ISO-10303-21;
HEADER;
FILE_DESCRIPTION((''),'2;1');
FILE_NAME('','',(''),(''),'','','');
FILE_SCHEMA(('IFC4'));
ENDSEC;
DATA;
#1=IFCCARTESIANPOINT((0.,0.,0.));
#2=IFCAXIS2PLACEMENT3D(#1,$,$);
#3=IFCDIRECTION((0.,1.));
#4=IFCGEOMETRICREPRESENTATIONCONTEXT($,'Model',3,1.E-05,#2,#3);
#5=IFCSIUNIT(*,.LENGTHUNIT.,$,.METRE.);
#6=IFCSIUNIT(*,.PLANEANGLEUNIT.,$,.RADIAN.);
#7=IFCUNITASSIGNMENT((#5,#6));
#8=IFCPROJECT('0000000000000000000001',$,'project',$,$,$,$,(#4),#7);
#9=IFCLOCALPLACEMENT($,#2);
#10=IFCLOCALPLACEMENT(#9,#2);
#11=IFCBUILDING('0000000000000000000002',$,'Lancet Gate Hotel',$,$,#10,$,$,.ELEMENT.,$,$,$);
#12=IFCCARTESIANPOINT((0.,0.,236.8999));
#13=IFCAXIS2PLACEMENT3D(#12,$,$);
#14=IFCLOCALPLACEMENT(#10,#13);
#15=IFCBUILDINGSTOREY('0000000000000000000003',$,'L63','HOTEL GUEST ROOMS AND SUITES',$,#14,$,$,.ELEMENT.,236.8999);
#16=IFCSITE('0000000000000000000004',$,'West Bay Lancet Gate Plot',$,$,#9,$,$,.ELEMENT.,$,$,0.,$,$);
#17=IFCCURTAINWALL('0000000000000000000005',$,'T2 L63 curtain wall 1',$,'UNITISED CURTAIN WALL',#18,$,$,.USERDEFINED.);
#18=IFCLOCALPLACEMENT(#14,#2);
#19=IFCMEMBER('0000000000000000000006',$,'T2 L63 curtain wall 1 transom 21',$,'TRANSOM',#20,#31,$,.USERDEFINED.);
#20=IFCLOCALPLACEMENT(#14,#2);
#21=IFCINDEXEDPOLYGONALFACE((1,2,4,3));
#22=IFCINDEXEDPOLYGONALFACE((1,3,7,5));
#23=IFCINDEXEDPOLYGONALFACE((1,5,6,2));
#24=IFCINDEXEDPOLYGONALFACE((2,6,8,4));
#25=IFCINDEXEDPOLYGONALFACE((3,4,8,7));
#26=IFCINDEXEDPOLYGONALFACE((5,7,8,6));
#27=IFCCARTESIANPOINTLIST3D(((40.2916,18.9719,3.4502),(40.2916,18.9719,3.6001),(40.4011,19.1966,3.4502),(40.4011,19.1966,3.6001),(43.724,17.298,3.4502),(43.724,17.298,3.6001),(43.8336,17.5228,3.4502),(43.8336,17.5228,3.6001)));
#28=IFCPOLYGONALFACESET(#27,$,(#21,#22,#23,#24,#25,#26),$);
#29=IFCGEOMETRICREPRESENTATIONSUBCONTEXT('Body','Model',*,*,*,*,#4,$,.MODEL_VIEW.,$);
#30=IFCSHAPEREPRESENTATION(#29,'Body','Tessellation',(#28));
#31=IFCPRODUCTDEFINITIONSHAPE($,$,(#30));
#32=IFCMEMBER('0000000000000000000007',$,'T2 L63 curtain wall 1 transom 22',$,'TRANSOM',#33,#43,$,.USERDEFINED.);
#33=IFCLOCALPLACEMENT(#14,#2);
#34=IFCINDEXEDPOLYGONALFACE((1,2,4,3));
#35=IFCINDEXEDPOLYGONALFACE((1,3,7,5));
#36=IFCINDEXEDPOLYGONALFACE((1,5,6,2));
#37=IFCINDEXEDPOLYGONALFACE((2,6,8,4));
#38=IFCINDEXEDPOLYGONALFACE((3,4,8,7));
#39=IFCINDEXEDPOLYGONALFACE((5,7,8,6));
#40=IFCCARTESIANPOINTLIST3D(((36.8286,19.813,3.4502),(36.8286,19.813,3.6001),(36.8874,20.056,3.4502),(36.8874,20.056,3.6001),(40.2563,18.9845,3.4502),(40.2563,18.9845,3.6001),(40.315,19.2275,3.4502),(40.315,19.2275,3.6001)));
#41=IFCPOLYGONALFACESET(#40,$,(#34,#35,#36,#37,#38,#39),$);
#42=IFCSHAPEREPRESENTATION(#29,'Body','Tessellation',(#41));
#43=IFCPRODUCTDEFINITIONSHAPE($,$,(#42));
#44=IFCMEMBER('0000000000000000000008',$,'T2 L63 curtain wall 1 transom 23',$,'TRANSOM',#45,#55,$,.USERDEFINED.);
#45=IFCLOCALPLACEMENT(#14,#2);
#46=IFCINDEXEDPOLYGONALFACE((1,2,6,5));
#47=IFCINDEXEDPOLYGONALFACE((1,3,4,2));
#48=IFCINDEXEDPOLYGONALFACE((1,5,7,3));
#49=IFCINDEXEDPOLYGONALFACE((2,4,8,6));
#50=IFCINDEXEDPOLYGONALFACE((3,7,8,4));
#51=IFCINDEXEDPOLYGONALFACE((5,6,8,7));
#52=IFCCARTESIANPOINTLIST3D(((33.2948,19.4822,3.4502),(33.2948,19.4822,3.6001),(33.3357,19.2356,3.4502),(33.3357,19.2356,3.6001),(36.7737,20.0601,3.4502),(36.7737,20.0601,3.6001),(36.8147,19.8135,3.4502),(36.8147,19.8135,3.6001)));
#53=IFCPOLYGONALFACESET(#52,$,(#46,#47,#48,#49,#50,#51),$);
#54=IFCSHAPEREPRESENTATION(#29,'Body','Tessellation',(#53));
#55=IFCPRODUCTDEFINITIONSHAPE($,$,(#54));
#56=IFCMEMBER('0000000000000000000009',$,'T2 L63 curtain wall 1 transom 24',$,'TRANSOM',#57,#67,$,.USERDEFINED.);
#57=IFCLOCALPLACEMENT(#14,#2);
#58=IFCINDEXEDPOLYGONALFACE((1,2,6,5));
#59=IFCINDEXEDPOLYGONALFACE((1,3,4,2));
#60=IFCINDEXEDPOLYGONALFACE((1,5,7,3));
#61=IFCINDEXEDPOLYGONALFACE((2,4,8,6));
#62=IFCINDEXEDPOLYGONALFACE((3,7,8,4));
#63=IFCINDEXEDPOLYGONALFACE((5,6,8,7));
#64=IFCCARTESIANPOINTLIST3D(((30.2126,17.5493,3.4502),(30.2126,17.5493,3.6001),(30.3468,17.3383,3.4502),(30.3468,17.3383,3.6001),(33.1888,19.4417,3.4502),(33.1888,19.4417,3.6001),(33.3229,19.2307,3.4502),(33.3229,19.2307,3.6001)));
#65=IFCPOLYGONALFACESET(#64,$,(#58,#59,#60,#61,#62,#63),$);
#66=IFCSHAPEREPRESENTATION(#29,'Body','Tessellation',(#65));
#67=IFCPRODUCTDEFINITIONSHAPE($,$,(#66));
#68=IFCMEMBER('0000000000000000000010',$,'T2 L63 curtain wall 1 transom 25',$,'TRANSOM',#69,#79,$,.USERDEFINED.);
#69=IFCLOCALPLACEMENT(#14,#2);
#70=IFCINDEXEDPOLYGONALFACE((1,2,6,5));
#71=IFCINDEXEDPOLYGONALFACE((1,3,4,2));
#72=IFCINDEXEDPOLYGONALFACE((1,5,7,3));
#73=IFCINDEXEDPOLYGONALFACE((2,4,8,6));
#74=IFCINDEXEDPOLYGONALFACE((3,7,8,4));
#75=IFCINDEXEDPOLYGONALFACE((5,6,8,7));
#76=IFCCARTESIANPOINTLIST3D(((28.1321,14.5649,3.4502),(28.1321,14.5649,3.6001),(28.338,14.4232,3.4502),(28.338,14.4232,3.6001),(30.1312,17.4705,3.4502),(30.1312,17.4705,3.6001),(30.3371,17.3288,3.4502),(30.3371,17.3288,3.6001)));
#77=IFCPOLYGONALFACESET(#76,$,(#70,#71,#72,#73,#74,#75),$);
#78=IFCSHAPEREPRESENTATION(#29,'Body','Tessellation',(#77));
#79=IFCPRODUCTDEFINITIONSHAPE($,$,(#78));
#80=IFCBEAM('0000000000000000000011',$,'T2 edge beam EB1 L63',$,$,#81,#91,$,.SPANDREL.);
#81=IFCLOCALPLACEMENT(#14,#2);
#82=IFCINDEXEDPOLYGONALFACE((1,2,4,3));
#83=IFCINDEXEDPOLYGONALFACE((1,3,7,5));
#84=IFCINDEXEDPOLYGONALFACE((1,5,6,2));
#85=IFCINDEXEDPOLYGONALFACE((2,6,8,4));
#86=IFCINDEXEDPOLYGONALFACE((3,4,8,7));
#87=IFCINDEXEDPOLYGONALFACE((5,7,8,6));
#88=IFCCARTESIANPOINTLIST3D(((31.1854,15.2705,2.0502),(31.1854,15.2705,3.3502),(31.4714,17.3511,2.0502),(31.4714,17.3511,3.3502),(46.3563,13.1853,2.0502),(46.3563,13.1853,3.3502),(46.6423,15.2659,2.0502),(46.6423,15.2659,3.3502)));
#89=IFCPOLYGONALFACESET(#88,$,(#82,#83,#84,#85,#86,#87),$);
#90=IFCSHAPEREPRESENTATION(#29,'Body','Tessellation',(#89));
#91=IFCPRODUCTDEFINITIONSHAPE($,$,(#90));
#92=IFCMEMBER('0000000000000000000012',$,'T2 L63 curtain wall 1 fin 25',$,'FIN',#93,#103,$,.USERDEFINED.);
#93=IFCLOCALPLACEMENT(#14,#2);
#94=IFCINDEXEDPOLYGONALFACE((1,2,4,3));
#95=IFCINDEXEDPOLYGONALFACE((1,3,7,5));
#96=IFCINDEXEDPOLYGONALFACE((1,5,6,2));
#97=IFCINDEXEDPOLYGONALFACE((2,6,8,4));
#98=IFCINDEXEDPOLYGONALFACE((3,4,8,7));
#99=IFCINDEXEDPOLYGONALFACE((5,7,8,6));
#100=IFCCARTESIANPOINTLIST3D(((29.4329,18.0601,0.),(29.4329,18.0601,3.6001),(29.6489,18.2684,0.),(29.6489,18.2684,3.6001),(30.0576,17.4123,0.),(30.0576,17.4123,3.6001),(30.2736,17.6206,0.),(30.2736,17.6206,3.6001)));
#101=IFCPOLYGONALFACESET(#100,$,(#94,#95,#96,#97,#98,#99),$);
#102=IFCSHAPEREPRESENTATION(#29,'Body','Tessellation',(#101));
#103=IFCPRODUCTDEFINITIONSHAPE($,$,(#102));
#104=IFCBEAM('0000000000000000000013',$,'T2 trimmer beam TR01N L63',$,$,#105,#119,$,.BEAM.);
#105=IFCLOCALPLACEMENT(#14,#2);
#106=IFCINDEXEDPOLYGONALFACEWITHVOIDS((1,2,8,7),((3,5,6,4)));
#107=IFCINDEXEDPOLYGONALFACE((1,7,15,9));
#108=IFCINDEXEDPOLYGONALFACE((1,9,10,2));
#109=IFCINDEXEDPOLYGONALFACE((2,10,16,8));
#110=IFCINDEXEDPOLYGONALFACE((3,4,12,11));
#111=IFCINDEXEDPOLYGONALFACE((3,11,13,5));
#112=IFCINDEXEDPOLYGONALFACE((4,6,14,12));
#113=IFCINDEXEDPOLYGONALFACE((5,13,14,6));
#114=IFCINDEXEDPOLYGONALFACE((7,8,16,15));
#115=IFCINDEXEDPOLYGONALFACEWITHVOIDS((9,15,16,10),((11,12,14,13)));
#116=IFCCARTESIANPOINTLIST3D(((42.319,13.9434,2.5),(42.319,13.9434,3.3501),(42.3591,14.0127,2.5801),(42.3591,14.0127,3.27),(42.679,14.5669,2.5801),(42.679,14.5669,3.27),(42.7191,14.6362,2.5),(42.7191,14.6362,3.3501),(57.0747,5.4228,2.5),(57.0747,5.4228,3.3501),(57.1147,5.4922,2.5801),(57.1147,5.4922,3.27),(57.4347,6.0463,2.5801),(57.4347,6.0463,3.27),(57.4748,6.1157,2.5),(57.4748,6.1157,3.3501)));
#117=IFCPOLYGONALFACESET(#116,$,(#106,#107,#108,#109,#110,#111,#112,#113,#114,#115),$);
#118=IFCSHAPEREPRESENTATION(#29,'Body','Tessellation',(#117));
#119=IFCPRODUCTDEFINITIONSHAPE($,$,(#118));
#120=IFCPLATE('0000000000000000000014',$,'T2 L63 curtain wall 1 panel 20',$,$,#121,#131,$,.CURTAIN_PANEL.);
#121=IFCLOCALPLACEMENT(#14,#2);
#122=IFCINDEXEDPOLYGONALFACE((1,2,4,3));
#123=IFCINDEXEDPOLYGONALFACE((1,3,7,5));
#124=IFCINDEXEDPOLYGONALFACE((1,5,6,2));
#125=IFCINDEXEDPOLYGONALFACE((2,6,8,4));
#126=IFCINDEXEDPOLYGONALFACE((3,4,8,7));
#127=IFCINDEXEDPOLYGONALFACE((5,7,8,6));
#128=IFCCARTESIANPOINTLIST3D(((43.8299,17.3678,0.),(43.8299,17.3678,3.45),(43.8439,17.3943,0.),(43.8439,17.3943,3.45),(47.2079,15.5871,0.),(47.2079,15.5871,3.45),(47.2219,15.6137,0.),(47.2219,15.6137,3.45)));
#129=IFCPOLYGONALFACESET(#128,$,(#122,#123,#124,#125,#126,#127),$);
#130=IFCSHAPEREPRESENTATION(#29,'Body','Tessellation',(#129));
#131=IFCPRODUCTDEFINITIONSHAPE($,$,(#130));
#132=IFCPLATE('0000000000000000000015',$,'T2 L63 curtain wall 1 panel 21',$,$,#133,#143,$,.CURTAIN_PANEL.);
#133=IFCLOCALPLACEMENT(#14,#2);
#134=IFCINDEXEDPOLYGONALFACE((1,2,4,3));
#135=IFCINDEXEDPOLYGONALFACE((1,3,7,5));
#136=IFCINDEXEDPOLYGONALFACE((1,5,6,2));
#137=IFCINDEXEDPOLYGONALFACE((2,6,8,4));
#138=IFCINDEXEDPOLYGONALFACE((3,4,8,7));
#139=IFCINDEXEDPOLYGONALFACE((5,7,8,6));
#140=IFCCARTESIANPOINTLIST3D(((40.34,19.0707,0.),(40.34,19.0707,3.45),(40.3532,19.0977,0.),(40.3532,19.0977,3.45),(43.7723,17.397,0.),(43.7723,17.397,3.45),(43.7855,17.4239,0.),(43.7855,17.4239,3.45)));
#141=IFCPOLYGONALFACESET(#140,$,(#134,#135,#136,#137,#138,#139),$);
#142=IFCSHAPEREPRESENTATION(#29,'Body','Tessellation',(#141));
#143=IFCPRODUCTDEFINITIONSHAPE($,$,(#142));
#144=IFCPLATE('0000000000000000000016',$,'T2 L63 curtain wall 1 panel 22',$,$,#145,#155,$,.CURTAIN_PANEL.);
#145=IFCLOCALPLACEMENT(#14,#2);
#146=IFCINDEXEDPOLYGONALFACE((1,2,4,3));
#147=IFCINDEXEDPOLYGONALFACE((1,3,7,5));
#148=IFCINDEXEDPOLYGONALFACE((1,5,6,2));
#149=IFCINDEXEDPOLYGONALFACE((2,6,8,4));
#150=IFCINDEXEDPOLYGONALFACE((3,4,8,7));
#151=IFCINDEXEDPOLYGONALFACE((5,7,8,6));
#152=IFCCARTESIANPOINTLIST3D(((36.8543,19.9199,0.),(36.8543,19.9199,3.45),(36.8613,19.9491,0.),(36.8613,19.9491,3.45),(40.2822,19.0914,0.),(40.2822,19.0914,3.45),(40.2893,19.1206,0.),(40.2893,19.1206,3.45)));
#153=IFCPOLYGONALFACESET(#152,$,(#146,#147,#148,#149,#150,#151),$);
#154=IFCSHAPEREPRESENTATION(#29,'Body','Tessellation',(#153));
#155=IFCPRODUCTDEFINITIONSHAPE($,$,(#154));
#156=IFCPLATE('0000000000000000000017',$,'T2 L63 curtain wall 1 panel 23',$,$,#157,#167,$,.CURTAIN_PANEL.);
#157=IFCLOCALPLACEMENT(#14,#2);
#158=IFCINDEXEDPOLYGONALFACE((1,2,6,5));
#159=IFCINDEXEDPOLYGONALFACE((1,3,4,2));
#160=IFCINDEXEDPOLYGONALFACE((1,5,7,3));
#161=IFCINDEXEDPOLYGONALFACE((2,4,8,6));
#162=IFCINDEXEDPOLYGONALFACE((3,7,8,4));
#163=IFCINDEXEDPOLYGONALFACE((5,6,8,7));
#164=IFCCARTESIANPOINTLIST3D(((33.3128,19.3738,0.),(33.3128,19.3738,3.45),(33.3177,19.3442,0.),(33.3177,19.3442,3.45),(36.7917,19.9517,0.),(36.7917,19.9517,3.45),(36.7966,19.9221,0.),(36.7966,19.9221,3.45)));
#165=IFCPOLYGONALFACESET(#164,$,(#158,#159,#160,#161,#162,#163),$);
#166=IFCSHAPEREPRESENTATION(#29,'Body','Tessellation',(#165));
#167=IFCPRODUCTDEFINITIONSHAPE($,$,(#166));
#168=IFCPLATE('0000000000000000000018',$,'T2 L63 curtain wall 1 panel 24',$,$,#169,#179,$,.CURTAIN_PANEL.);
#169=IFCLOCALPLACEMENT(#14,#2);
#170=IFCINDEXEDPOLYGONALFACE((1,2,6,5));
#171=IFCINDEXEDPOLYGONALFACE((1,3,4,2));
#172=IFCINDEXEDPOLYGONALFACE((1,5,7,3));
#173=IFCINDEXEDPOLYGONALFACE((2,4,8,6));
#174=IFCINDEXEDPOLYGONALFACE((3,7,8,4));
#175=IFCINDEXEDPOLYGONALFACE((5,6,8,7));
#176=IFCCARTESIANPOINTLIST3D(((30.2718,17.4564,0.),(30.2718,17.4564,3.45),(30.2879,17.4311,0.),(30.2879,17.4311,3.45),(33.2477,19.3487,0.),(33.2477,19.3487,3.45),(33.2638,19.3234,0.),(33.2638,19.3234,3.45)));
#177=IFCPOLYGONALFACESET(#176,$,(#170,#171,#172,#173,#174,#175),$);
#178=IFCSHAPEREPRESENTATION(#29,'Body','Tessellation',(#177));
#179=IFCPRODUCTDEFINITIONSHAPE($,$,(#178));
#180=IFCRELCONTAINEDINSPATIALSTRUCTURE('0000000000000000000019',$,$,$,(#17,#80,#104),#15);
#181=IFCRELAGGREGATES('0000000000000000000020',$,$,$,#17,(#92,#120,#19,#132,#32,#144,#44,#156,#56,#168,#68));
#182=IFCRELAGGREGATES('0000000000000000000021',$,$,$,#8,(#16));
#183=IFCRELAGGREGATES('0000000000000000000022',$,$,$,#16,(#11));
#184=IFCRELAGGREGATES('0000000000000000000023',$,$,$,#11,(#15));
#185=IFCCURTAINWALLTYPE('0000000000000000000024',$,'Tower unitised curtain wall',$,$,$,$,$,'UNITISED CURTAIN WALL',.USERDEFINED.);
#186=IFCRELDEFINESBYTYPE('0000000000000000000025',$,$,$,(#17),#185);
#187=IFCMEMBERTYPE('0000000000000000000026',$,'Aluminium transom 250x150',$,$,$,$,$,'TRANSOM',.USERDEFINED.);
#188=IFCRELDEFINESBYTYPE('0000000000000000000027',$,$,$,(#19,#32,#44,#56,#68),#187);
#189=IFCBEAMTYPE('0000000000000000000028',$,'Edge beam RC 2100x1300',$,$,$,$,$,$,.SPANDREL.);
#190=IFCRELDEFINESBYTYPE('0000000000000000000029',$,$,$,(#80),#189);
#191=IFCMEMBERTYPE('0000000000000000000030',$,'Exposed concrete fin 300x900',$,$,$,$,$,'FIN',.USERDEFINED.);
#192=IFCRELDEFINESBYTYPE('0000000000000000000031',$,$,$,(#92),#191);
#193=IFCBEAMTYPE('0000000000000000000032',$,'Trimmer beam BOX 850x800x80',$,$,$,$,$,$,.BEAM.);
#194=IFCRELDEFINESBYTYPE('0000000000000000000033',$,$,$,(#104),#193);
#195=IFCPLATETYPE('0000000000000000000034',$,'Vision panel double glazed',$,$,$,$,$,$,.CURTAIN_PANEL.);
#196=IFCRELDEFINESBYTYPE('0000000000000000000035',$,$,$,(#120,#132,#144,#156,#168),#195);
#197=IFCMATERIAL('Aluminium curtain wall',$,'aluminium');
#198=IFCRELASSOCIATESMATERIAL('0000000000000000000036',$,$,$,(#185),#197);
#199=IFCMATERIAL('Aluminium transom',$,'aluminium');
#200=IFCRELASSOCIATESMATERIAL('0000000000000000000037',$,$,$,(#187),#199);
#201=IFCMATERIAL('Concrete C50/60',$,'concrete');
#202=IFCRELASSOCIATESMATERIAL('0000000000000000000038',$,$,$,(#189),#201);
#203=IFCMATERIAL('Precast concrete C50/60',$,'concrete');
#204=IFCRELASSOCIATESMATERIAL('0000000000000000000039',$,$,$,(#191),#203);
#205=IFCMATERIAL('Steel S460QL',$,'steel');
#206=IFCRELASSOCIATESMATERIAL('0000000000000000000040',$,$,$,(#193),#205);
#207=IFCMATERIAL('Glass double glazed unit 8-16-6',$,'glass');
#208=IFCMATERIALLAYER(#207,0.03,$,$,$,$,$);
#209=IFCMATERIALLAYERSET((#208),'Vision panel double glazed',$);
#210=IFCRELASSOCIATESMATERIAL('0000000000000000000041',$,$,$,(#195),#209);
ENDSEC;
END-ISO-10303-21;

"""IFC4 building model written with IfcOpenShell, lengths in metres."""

from ifc_helpers import new_model, si_unit, direction, frame, origin, origin_2d, place, context, subcontext, project, spatial, rectangle, hollow_rectangle, extrude, material, layer, layer_set, material_profile, profile_set, type_object, element, aggregate, save


model = new_model("IFC4")

# Units and contexts
model_context = context("Model", 3, precision=1e-05, world=origin(), true_north=direction((0.0, 1.0)))
body_context = subcontext(model_context, "Body", "Model", "MODEL_VIEW")
ifc_project = project(units=[si_unit("LENGTHUNIT", "METRE"), si_unit("PLANEANGLEUNIT", "RADIAN")], contexts=[model_context])

# Site, building, storey
site_placement = place(None, origin())
site = spatial("IfcSite", under=ifc_project, at=site_placement, Name="West Bay Lancet Gate Plot", CompositionType="ELEMENT", RefElevation=0.0)
building_placement = place(site_placement, origin())
building = spatial("IfcBuilding", under=site, at=building_placement, Name="Lancet Gate Hotel", CompositionType="ELEMENT")
storey_placement = place(building_placement, frame((0.0, 0.0, 236.8999)))
storey = spatial("IfcBuildingStorey", under=building, at=storey_placement, Name="L63", Description="HOTEL GUEST ROOMS AND SUITES", CompositionType="ELEMENT", Elevation=236.8999)

# Curtain wall, members
ifc_material_1 = material(Name="Aluminium curtain wall", Category="aluminium")
curtain_wall_type = type_object("IfcCurtainWallType", Name="Tower unitised curtain wall", ElementType="UNITISED CURTAIN WALL", PredefinedType="USERDEFINED", material=ifc_material_1)
curtain_wall_placement = place(storey_placement, origin())
curtain_wall = element("IfcCurtainWall", 1, at=curtain_wall_placement, inside=storey, type_object=curtain_wall_type, Name="T2 L63 curtain wall 1", ObjectType="UNITISED CURTAIN WALL", PredefinedType="USERDEFINED")
ifc_material_2 = material(Name="Aluminium transom", Category="aluminium")
ifc_material_profile_1 = material_profile(ifc_material_2, rectangle(XDim=0.25, YDim=0.1499, at=origin_2d()), Name="TRANSOM 250x150")
ifc_profile_set_1 = profile_set([ifc_material_profile_1], Name="Aluminium transom")
member_type_1 = type_object("IfcMemberType", Name="Aluminium transom 250x150", ElementType="TRANSOM", PredefinedType="USERDEFINED", material=ifc_profile_set_1)
member_1_placement = place(storey_placement, frame((43.7788, 17.4104, 3.5251), z_axis=(-0.89882, 0.438318, 0.0), x_axis=(-0.438318, -0.89882, 0.0)))
member_1 = element("IfcMember", 2, at=member_1_placement, type_object=member_type_1, Name="T2 L63 curtain wall 1 transom 21", ObjectType="TRANSOM", PredefinedType="USERDEFINED", context=body_context, shape_type="SweptSolid", body=[
    extrude(rectangle(XDim=0.25, YDim=0.1499, at=origin_2d()), origin(), (0.0, 0.0, 1.0), 3.8188),
])
member_2_placement = place(storey_placement, frame((40.2856, 19.106, 3.5251), z_axis=(-0.972003, 0.23497, 0.0), x_axis=(-0.23497, -0.972003, 0.0)))
member_2 = element("IfcMember", 3, at=member_2_placement, type_object=member_type_1, Name="T2 L63 curtain wall 1 transom 22", ObjectType="TRANSOM", PredefinedType="USERDEFINED", context=body_context, shape_type="SweptSolid", body=[
    extrude(rectangle(XDim=0.25, YDim=0.1499, at=origin_2d()), origin(), (0.0, 0.0, 1.0), 3.5264),
])
member_3_placement = place(storey_placement, frame((36.7942, 19.9368, 3.5251), z_axis=(-0.986484, -0.16386, 0.0), x_axis=(0.16386, -0.986484, 0.0)))
member_3 = element("IfcMember", 4, at=member_3_placement, type_object=member_type_1, Name="T2 L63 curtain wall 1 transom 23", ObjectType="TRANSOM", PredefinedType="USERDEFINED", context=body_context, shape_type="SweptSolid", body=[
    extrude(rectangle(XDim=0.25, YDim=0.1499, at=origin_2d()), origin(), (0.0, 0.0, 1.0), 3.5266),
])
member_4_placement = place(storey_placement, frame((33.2559, 19.3362, 3.5251), z_axis=(-0.843858, -0.536566, 0.0), x_axis=(0.536566, -0.843858, 0.0)))
member_4 = element("IfcMember", 5, at=member_4_placement, type_object=member_type_1, Name="T2 L63 curtain wall 1 transom 24", ObjectType="TRANSOM", PredefinedType="USERDEFINED", context=body_context, shape_type="SweptSolid", body=[
    extrude(rectangle(XDim=0.25, YDim=0.1499, at=origin_2d()), origin(), (0.0, 0.0, 1.0), 3.5269),
])
member_5_placement = place(storey_placement, frame((30.2341, 17.3997, 3.5251), z_axis=(-0.566814, -0.823846, 0.0), x_axis=(0.823846, -0.566814, 0.0)))
member_5 = element("IfcMember", 6, at=member_5_placement, type_object=member_type_1, Name="T2 L63 curtain wall 1 transom 25", ObjectType="TRANSOM", PredefinedType="USERDEFINED", context=body_context, shape_type="SweptSolid", body=[
    extrude(rectangle(XDim=0.25, YDim=0.1499, at=origin_2d()), origin(), (0.0, 0.0, 1.0), 3.5269),
])

# Beam
ifc_material_3 = material(Name="Concrete C50/60", Category="concrete")
ifc_material_profile_2 = material_profile(ifc_material_3, rectangle(XDim=2.1001, YDim=1.3, at=origin_2d()), Name="RC 2100x1300")
ifc_profile_set_2 = profile_set([ifc_material_profile_2], Name="Concrete C50/60")
beam_type_1 = type_object("IfcBeamType", Name="Edge beam RC 2100x1300", PredefinedType="SPANDREL", material=ifc_profile_set_2)
beam_1_placement = place(storey_placement, frame((46.4993, 14.2256, 2.7002), z_axis=(-0.990686, 0.136167, 0.0), x_axis=(-0.136167, -0.990686, 0.0)))
element("IfcBeam", 7, at=beam_1_placement, inside=storey, type_object=beam_type_1, Name="T2 edge beam EB1 L63", PredefinedType="SPANDREL", context=body_context, shape_type="SweptSolid", body=[
    extrude(rectangle(XDim=2.1001, YDim=1.3, at=origin_2d()), origin(), (0.0, 0.0, 1.0), 15.3135),
])

# Member
ifc_material_4 = material(Name="Precast concrete C50/60", Category="concrete")
ifc_material_profile_3 = material_profile(ifc_material_4, rectangle(XDim=0.3, YDim=0.8999, at=origin_2d()), Name="FIN 300x900")
ifc_profile_set_3 = profile_set([ifc_material_profile_3], Name="Precast concrete C50/60")
member_type_2 = type_object("IfcMemberType", Name="Exposed concrete fin 300x900", ElementType="FIN", PredefinedType="USERDEFINED", material=ifc_profile_set_3)
member_6_placement = place(storey_placement, frame((29.8533, 17.8403, 0.0), z_axis=(0.0, 0.0, 1.0), x_axis=(-0.719809, -0.694172, 0.0)))
member_6 = element("IfcMember", 8, at=member_6_placement, type_object=member_type_2, Name="T2 L63 curtain wall 1 fin 25", ObjectType="FIN", PredefinedType="USERDEFINED", context=body_context, shape_type="SweptSolid", body=[
    extrude(rectangle(XDim=0.3, YDim=0.8999, at=origin_2d()), origin(), (0.0, 0.0, 1.0), 3.6001),
])

# Beam
ifc_material_5 = material(Name="Steel S460QL", Category="steel")
ifc_material_profile_4 = material_profile(ifc_material_5, hollow_rectangle(XDim=0.8, YDim=0.8501, WallThickness=0.0801, at=origin_2d()), Name="BOX 850x800x80")
ifc_profile_set_4 = profile_set([ifc_material_profile_4], Name="Steel S460QL")
beam_type_2 = type_object("IfcBeamType", Name="Trimmer beam BOX 850x800x80", PredefinedType="BEAM", material=ifc_profile_set_4)
beam_2_placement = place(storey_placement, frame((42.519, 14.2898, 2.925), z_axis=(0.865991, -0.500059, 0.0), x_axis=(0.500059, 0.865991, 0.0)))
element("IfcBeam", 9, at=beam_2_placement, inside=storey, type_object=beam_type_2, Name="T2 trimmer beam TR01N L63", PredefinedType="BEAM", context=body_context, shape_type="SweptSolid", body=[
    extrude(hollow_rectangle(XDim=0.8, YDim=0.8501, WallThickness=0.0801, at=origin_2d()), origin(), (0.0, 0.0, 1.0), 17.0391),
])

# Plates
ifc_material_6 = material(Name="Glass double glazed unit 8-16-6", Category="glass")
ifc_layer = layer(ifc_material_6, 0.03)
ifc_layer_set = layer_set([ifc_layer], Name="Vision panel double glazed")
plate_type = type_object("IfcPlateType", Name="Vision panel double glazed", PredefinedType="CURTAIN_PANEL", material=ifc_layer_set)
plate_1_placement = place(storey_placement, frame((45.5259, 16.4907, 0.0), z_axis=(0.0, 0.0, 1.0), x_axis=(-0.884623, 0.466307, 0.0)))
plate_1 = element("IfcPlate", 10, at=plate_1_placement, type_object=plate_type, Name="T2 L63 curtain wall 1 panel 20", PredefinedType="CURTAIN_PANEL", context=body_context, shape_type="SweptSolid", body=[
    extrude(rectangle(XDim=3.8186, YDim=0.03, at=origin_2d()), origin(), (0.0, 0.0, 1.0), 3.45),
])
plate_2_placement = place(storey_placement, frame((42.0627, 18.2473, 0.0), z_axis=(0.0, 0.0, 1.0), x_axis=(-0.898823, 0.438311, 0.0)))
plate_2 = element("IfcPlate", 11, at=plate_2_placement, type_object=plate_type, Name="T2 L63 curtain wall 1 panel 21", PredefinedType="CURTAIN_PANEL", context=body_context, shape_type="SweptSolid", body=[
    extrude(rectangle(XDim=3.8186, YDim=0.03, at=origin_2d()), origin(), (0.0, 0.0, 1.0), 3.45),
])
plate_3_placement = place(storey_placement, frame((38.5718, 19.5203, 0.0), z_axis=(0.0, 0.0, 1.0), x_axis=(-0.972014, 0.234924, 0.0)))
plate_3 = element("IfcPlate", 12, at=plate_3_placement, type_object=plate_type, Name="T2 L63 curtain wall 1 panel 22", PredefinedType="CURTAIN_PANEL", context=body_context, shape_type="SweptSolid", body=[
    extrude(rectangle(XDim=3.5266, YDim=0.03, at=origin_2d()), origin(), (0.0, 0.0, 1.0), 3.45),
])
plate_4_placement = place(storey_placement, frame((35.0547, 19.6479, 0.0), z_axis=(0.0, 0.0, 1.0), x_axis=(-0.98648, -0.163881, 0.0)))
plate_4 = element("IfcPlate", 13, at=plate_4_placement, type_object=plate_type, Name="T2 L63 curtain wall 1 panel 23", PredefinedType="CURTAIN_PANEL", context=body_context, shape_type="SweptSolid", body=[
    extrude(rectangle(XDim=3.5266, YDim=0.03, at=origin_2d()), origin(), (0.0, 0.0, 1.0), 3.45),
])
plate_5_placement = place(storey_placement, frame((31.7678, 18.3899, 0.0), z_axis=(0.0, 0.0, 1.0), x_axis=(-0.843845, -0.536587, 0.0)))
plate_5 = element("IfcPlate", 14, at=plate_5_placement, type_object=plate_type, Name="T2 L63 curtain wall 1 panel 24", PredefinedType="CURTAIN_PANEL", context=body_context, shape_type="SweptSolid", body=[
    extrude(rectangle(XDim=3.5266, YDim=0.03, at=origin_2d()), origin(), (0.0, 0.0, 1.0), 3.45),
])
aggregate(curtain_wall, [member_6, plate_1, member_1, plate_2, member_2, plate_3, member_3, plate_4, member_4, plate_5, member_5])

save(model, "model.ifc")
